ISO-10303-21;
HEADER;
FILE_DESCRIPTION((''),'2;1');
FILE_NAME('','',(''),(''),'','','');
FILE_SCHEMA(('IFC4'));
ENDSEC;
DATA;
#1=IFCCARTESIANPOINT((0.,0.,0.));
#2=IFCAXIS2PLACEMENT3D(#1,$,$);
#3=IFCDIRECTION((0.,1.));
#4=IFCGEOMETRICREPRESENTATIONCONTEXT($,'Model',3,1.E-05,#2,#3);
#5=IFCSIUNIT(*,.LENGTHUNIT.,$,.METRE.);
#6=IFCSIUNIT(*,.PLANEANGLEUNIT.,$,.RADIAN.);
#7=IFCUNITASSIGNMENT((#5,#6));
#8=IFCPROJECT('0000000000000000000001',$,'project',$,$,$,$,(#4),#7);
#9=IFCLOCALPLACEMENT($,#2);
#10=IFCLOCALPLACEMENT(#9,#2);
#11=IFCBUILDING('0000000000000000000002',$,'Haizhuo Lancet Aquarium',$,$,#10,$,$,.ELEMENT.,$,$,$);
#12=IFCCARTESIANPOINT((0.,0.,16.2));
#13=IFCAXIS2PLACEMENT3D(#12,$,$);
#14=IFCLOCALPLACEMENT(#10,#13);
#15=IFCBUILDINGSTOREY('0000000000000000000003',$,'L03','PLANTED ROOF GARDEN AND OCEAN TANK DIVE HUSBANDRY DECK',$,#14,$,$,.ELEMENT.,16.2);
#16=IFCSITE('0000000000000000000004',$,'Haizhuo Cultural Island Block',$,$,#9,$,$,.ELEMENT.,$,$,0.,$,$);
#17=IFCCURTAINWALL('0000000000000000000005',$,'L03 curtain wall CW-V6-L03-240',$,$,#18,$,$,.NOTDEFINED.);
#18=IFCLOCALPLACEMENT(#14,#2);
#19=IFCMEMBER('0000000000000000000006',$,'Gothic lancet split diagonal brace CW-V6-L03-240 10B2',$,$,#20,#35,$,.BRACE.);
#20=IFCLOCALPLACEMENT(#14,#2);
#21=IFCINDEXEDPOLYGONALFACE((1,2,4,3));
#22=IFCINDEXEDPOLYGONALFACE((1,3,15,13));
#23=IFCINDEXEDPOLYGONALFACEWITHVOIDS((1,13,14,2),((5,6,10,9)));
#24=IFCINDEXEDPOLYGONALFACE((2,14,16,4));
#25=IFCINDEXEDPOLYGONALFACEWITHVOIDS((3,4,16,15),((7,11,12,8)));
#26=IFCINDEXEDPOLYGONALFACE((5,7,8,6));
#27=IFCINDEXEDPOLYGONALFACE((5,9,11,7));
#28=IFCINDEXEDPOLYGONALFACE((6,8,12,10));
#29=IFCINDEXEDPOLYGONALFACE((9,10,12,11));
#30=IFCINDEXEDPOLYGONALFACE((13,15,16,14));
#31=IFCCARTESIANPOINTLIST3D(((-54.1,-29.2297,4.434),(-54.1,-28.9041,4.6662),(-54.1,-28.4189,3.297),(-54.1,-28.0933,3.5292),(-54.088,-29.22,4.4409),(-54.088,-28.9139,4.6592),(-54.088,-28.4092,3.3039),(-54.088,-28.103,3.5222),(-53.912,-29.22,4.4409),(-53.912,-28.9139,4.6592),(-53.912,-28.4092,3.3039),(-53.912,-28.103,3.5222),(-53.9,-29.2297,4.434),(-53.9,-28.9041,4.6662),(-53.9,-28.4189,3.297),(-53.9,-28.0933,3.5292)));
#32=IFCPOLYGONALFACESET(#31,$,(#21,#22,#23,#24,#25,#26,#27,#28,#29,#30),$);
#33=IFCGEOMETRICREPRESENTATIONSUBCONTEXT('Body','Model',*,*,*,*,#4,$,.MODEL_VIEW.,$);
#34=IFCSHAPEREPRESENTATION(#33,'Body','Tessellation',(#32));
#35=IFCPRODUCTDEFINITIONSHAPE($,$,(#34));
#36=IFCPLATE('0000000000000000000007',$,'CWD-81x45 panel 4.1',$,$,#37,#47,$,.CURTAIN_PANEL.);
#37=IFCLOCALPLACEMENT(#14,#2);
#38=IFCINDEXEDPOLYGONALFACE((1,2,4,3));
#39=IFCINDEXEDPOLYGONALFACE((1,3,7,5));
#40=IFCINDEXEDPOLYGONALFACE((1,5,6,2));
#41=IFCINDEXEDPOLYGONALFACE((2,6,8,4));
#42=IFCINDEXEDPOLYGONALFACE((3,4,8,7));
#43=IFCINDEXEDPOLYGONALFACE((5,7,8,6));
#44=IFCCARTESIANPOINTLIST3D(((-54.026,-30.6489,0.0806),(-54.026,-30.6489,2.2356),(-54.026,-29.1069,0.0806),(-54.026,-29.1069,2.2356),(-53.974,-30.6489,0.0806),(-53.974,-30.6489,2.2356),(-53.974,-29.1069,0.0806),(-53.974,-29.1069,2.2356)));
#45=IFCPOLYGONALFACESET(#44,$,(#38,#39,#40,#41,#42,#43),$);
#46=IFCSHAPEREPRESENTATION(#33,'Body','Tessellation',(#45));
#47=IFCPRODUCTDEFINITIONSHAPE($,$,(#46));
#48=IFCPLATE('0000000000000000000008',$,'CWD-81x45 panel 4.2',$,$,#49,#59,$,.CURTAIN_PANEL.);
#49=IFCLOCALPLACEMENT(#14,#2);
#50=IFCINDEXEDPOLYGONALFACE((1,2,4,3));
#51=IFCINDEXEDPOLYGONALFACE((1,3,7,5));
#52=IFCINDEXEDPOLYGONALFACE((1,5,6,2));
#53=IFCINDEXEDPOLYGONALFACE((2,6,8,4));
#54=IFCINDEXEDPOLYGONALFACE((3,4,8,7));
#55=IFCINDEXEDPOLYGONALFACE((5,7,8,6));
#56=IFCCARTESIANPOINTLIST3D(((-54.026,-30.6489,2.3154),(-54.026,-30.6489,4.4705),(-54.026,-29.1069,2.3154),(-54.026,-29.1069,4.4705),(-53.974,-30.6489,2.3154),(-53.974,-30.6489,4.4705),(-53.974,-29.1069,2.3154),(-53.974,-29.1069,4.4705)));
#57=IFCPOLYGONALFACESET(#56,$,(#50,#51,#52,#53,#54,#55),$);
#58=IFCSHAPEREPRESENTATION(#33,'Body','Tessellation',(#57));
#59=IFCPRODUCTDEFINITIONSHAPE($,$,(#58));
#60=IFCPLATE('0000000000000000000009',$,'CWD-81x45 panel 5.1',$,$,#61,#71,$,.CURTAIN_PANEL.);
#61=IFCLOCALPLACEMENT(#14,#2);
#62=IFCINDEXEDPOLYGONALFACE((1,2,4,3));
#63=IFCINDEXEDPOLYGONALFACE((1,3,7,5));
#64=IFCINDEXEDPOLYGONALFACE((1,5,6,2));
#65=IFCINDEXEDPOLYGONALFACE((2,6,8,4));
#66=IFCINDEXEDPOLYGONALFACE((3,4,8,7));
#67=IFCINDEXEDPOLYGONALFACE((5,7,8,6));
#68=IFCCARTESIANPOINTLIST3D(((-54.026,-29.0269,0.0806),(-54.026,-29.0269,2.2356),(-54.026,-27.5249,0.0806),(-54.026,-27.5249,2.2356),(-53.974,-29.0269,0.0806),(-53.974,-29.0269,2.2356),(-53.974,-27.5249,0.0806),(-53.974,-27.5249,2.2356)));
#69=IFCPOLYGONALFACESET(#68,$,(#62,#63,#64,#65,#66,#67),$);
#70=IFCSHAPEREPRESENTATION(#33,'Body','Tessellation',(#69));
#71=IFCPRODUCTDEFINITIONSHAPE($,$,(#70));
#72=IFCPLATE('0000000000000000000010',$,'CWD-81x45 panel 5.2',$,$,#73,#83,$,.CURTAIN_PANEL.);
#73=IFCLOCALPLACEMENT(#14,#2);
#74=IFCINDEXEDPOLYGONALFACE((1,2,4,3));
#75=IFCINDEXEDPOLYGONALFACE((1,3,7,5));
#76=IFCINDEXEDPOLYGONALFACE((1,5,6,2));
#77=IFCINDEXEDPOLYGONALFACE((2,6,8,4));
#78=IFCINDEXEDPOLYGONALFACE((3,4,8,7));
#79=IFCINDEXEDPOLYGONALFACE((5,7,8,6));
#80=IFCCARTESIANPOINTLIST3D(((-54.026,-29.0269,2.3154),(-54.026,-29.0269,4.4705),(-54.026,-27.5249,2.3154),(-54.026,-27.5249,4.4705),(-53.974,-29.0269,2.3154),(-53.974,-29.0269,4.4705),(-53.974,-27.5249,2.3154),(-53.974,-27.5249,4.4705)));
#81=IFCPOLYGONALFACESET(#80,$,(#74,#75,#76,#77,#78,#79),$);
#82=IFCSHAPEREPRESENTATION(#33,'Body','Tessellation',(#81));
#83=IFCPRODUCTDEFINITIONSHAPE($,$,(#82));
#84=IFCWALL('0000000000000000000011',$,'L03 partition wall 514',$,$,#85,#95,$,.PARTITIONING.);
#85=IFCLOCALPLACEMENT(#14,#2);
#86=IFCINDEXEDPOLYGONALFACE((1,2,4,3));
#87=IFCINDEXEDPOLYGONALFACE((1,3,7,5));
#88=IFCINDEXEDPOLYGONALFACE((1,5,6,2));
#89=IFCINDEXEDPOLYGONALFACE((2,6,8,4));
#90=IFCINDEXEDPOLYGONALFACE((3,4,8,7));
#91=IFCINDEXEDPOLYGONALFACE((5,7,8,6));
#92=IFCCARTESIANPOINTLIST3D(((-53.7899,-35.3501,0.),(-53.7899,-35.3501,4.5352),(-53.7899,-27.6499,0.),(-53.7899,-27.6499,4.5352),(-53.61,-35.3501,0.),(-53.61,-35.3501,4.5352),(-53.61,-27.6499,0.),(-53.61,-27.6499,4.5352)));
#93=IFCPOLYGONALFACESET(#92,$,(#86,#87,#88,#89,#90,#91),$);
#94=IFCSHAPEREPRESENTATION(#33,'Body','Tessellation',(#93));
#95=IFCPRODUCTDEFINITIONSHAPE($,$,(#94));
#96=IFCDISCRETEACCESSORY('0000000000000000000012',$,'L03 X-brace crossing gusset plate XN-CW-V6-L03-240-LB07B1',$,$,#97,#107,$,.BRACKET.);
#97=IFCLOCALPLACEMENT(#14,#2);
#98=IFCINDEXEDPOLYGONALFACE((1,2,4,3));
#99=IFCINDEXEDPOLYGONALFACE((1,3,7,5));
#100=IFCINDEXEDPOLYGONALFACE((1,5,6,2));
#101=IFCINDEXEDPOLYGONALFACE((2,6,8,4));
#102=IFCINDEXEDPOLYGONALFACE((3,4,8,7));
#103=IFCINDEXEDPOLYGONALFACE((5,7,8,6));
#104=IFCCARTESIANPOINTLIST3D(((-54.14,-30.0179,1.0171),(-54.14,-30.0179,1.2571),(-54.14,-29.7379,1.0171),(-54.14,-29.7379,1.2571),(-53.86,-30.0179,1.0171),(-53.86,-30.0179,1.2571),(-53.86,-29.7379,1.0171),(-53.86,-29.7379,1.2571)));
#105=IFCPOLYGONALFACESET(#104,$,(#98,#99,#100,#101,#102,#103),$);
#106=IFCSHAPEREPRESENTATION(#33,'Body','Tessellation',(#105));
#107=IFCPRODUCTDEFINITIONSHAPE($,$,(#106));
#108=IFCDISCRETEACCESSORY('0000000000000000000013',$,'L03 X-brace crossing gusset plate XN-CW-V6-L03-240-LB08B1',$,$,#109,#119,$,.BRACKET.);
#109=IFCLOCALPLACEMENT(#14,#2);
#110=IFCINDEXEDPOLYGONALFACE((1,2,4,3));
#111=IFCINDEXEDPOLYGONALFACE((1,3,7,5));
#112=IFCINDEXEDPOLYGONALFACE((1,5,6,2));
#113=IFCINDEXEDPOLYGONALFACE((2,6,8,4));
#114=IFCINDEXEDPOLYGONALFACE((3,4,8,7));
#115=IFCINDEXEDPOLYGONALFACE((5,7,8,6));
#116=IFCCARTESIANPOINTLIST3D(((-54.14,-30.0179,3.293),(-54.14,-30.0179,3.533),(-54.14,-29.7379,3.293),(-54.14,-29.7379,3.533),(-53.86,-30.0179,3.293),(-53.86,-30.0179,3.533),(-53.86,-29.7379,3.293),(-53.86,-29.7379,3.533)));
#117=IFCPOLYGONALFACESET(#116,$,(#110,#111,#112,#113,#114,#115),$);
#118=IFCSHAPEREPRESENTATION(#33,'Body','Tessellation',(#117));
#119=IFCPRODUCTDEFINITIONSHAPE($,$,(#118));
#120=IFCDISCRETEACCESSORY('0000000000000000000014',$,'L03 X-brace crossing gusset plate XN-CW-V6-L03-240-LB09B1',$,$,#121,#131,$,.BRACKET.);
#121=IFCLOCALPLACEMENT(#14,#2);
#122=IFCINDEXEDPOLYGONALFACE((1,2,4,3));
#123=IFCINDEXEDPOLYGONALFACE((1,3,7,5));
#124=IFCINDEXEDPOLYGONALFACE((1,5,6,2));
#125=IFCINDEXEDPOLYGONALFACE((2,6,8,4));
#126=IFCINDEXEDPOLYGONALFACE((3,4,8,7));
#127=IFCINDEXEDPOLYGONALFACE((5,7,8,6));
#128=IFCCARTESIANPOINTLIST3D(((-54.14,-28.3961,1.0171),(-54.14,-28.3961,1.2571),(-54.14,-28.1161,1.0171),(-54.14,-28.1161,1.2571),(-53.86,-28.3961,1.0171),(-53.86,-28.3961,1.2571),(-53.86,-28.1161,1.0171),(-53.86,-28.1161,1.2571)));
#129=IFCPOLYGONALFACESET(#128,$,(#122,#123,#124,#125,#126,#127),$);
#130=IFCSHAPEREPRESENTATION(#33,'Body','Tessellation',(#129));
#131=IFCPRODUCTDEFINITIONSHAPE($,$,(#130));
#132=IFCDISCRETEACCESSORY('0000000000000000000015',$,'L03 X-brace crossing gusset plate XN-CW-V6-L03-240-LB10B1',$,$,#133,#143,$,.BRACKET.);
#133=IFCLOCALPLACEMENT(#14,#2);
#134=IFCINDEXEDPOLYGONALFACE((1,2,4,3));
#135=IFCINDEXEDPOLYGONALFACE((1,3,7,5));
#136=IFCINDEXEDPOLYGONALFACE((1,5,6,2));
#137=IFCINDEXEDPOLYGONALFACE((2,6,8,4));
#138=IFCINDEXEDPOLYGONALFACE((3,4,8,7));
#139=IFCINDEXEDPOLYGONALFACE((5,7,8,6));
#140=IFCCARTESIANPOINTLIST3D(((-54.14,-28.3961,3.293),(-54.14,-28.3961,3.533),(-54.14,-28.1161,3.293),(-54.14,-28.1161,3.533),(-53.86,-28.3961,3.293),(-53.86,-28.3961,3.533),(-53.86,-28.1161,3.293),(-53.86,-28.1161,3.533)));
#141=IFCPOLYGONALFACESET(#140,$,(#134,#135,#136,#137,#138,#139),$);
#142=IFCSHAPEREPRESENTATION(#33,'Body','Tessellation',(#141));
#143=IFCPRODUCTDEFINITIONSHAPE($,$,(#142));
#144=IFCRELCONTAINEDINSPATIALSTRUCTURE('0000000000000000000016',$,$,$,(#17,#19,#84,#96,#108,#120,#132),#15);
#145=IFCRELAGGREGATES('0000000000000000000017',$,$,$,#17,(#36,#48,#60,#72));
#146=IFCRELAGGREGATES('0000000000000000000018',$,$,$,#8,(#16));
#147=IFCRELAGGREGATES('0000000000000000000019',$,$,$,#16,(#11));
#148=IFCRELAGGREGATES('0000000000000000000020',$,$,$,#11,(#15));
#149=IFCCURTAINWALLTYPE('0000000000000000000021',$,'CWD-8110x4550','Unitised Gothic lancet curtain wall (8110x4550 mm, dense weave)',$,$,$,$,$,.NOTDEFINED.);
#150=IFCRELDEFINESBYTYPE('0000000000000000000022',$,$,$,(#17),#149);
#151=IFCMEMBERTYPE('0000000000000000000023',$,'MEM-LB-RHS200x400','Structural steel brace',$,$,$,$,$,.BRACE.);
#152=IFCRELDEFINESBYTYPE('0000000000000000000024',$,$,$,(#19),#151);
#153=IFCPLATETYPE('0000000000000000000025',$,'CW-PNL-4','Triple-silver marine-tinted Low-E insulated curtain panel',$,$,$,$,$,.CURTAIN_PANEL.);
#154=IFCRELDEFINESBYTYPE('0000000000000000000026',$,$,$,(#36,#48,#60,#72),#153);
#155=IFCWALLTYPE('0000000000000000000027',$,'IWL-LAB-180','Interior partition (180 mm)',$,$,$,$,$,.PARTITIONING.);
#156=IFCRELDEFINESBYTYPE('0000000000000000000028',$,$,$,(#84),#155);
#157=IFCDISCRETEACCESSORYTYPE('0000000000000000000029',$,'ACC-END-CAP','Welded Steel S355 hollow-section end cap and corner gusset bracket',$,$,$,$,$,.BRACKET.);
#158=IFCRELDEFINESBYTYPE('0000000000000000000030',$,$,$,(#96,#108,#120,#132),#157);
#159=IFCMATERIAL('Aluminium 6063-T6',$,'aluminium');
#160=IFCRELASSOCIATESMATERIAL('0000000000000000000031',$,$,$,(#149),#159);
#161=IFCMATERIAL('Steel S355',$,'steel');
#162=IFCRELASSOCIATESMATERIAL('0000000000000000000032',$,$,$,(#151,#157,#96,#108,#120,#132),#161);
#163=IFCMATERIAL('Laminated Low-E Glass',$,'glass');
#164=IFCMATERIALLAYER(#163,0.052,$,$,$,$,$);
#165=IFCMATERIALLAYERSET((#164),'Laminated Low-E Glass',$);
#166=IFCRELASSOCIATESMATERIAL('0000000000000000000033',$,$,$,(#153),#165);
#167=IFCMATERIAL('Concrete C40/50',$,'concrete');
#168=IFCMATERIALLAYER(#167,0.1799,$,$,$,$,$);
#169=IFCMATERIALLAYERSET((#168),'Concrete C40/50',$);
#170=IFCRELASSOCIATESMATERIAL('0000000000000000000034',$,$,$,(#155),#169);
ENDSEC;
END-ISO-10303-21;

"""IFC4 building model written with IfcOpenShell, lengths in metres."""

from ifc_helpers import new_model, si_unit, direction, frame, frame_2d, origin, origin_2d, place, context, subcontext, project, spatial, rectangle, hollow_rectangle, extrude, material, layer, layer_set, material_profile, profile_set, type_object, element, aggregate, save


model = new_model("IFC4")

# Units and contexts
model_context = context("Model", 3, precision=1e-05, world=origin(), true_north=direction((0.0, 1.0)))
body_context = subcontext(model_context, "Body", "Model", "MODEL_VIEW")
ifc_project = project(units=[si_unit("LENGTHUNIT", "METRE"), si_unit("PLANEANGLEUNIT", "RADIAN")], contexts=[model_context])

# Site, building, storey
site_placement = place(None, origin())
site = spatial("IfcSite", under=ifc_project, at=site_placement, Name="Haizhuo Cultural Island Block", CompositionType="ELEMENT", RefElevation=0.0)
building_placement = place(site_placement, origin())
building = spatial("IfcBuilding", under=site, at=building_placement, Name="Haizhuo Lancet Aquarium", CompositionType="ELEMENT")
storey_placement = place(building_placement, frame((0.0, 0.0, 16.2)))
storey = spatial("IfcBuildingStorey", under=building, at=storey_placement, Name="L03", Description="PLANTED ROOF GARDEN AND OCEAN TANK DIVE HUSBANDRY DECK", CompositionType="ELEMENT", Elevation=16.2)

# Shared definitions
ifc_material_1 = material(Name="Concrete C40/50", Category="concrete")

# Shared definitions
ifc_material_2 = material(Name="Steel S355", Category="steel")

# Curtain wall
ifc_material_3 = material(Name="Aluminium 6063-T6", Category="aluminium")
curtain_wall_type = type_object("IfcCurtainWallType", Name="CWD-8110x4550", Description="Unitised Gothic lancet curtain wall (8110x4550 mm, dense weave)", PredefinedType="NOTDEFINED", material=ifc_material_3)
curtain_wall_placement = place(storey_placement, origin())
curtain_wall = element("IfcCurtainWall", 1, at=curtain_wall_placement, inside=storey, type_object=curtain_wall_type, Name="L03 curtain wall CW-V6-L03-240", PredefinedType="NOTDEFINED")

# Member
ifc_material_profile_1 = material_profile(ifc_material_2, hollow_rectangle(XDim=0.2, YDim=0.3999, WallThickness=0.012, at=origin_2d()), Name="RHS 200x400x12")
ifc_profile_set_1 = profile_set([ifc_material_profile_1], Name="Steel S355")
member_type_1 = type_object("IfcMemberType", Name="MEM-LB-RHS200x400", Description="Structural steel brace", PredefinedType="BRACE", material=ifc_profile_set_1)
member_1_placement = place(storey_placement, frame((-54.0, -28.2561, 3.4131), z_axis=(0.0, -0.58061, 0.814182), x_axis=(1.0, 0.0, 0.0)))
element("IfcMember", 2, at=member_1_placement, inside=storey, type_object=member_type_1, Name="Gothic lancet split diagonal brace CW-V6-L03-240 10B2", PredefinedType="BRACE", context=body_context, shape_type="SweptSolid", body=[
    extrude(hollow_rectangle(XDim=0.2, YDim=0.3999, WallThickness=0.012, at=origin_2d()), origin(), (0.0, 0.0, 1.0), 1.3965),
])

# Plates
ifc_material_4 = material(Name="Laminated Low-E Glass", Category="glass")
ifc_layer_1 = layer(ifc_material_4, 0.052)
ifc_layer_set_1 = layer_set([ifc_layer_1], Name="Laminated Low-E Glass")
plate_type = type_object("IfcPlateType", Name="CW-PNL-4", Description="Triple-silver marine-tinted Low-E insulated curtain panel", PredefinedType="CURTAIN_PANEL", material=ifc_layer_set_1)
plate_1_placement = place(storey_placement, frame((-54.0, -29.8779, 0.0806), z_axis=(0.0, 0.0, 1.0), x_axis=(0.0, 1.0, 0.0)))
plate_1 = element("IfcPlate", 3, at=plate_1_placement, type_object=plate_type, Name="CWD-81x45 panel 4.1", PredefinedType="CURTAIN_PANEL", context=body_context, shape_type="SweptSolid", body=[
    extrude(rectangle(XDim=1.542, YDim=0.052, at=origin_2d()), origin(), (0.0, 0.0, 1.0), 2.155),
])
plate_2_placement = place(storey_placement, frame((-54.0, -29.8779, 2.3154), z_axis=(0.0, 0.0, 1.0), x_axis=(0.0, 1.0, 0.0)))
plate_2 = element("IfcPlate", 4, at=plate_2_placement, type_object=plate_type, Name="CWD-81x45 panel 4.2", PredefinedType="CURTAIN_PANEL", context=body_context, shape_type="SweptSolid", body=[
    extrude(rectangle(XDim=1.542, YDim=0.052, at=origin_2d()), origin(), (0.0, 0.0, 1.0), 2.155),
])
plate_3_placement = place(storey_placement, frame((-54.0, -28.2759, 0.0806), z_axis=(0.0, 0.0, 1.0), x_axis=(0.0, 1.0, 0.0)))
plate_3 = element("IfcPlate", 5, at=plate_3_placement, type_object=plate_type, Name="CWD-81x45 panel 5.1", PredefinedType="CURTAIN_PANEL", context=body_context, shape_type="SweptSolid", body=[
    extrude(rectangle(XDim=1.502, YDim=0.052, at=origin_2d()), origin(), (0.0, 0.0, 1.0), 2.155),
])
plate_4_placement = place(storey_placement, frame((-54.0, -28.2759, 2.3154), z_axis=(0.0, 0.0, 1.0), x_axis=(0.0, 1.0, 0.0)))
plate_4 = element("IfcPlate", 6, at=plate_4_placement, type_object=plate_type, Name="CWD-81x45 panel 5.2", PredefinedType="CURTAIN_PANEL", context=body_context, shape_type="SweptSolid", body=[
    extrude(rectangle(XDim=1.502, YDim=0.052, at=origin_2d()), origin(), (0.0, 0.0, 1.0), 2.155),
])
aggregate(curtain_wall, [plate_1, plate_2, plate_3, plate_4])

# Wall
ifc_layer_2 = layer(ifc_material_1, 0.1799)
ifc_layer_set_2 = layer_set([ifc_layer_2], Name="Concrete C40/50")
wall_type = type_object("IfcWallType", Name="IWL-LAB-180", Description="Interior partition (180 mm)", PredefinedType="PARTITIONING", material=ifc_layer_set_2)
wall_placement = place(storey_placement, frame((-53.7, -27.6499, 0.0), z_axis=(0.0, 0.0, 1.0), x_axis=(0.0, -1.0, 0.0)))
element("IfcWall", 7, at=wall_placement, inside=storey, type_object=wall_type, Name="L03 partition wall 514", PredefinedType="PARTITIONING", context=body_context, shape_type="SweptSolid", body=[
    extrude(rectangle(XDim=7.7002, YDim=0.1799, at=frame_2d((3.8501, 0.0))), origin(), (0.0, 0.0, 1.0), 4.5352),
])

# Discrete accessories
discrete_accessory_type = type_object("IfcDiscreteAccessoryType", Name="ACC-END-CAP", Description="Welded Steel S355 hollow-section end cap and corner gusset bracket", PredefinedType="BRACKET", material=ifc_material_2)
for number, where, z_axis, x_axis, name in (
    (8, (-54.0, -29.8779, 1.0171), (0.0, 0.0, 1.0), (1.0, 0.0, 0.0), "L03 X-brace crossing gusset plate XN-CW-V6-L03-240-LB07B1"),
    (9, (-54.0, -29.8779, 3.293), (0.0, 0.0, 1.0), (1.0, 0.0, 0.0), "L03 X-brace crossing gusset plate XN-CW-V6-L03-240-LB08B1"),
    (10, (-54.0, -28.2561, 1.0171), (0.0, 0.0, 1.0), (1.0, 0.0, 0.0), "L03 X-brace crossing gusset plate XN-CW-V6-L03-240-LB09B1"),
    (11, (-54.0, -28.2561, 3.293), (0.0, 0.0, 1.0), (1.0, 0.0, 0.0), "L03 X-brace crossing gusset plate XN-CW-V6-L03-240-LB10B1"),
):
    element("IfcDiscreteAccessory", number, at=place(storey_placement, frame(where, z_axis=z_axis, x_axis=x_axis)), inside=storey, type_object=discrete_accessory_type, material=ifc_material_2, Name=name, PredefinedType="BRACKET", context=body_context, shape_type="SweptSolid", body=[
        extrude(rectangle(XDim=0.28, YDim=0.28, at=origin_2d()), origin(), (0.0, 0.0, 1.0), 0.24),
    ])

save(model, "model.ifc")
